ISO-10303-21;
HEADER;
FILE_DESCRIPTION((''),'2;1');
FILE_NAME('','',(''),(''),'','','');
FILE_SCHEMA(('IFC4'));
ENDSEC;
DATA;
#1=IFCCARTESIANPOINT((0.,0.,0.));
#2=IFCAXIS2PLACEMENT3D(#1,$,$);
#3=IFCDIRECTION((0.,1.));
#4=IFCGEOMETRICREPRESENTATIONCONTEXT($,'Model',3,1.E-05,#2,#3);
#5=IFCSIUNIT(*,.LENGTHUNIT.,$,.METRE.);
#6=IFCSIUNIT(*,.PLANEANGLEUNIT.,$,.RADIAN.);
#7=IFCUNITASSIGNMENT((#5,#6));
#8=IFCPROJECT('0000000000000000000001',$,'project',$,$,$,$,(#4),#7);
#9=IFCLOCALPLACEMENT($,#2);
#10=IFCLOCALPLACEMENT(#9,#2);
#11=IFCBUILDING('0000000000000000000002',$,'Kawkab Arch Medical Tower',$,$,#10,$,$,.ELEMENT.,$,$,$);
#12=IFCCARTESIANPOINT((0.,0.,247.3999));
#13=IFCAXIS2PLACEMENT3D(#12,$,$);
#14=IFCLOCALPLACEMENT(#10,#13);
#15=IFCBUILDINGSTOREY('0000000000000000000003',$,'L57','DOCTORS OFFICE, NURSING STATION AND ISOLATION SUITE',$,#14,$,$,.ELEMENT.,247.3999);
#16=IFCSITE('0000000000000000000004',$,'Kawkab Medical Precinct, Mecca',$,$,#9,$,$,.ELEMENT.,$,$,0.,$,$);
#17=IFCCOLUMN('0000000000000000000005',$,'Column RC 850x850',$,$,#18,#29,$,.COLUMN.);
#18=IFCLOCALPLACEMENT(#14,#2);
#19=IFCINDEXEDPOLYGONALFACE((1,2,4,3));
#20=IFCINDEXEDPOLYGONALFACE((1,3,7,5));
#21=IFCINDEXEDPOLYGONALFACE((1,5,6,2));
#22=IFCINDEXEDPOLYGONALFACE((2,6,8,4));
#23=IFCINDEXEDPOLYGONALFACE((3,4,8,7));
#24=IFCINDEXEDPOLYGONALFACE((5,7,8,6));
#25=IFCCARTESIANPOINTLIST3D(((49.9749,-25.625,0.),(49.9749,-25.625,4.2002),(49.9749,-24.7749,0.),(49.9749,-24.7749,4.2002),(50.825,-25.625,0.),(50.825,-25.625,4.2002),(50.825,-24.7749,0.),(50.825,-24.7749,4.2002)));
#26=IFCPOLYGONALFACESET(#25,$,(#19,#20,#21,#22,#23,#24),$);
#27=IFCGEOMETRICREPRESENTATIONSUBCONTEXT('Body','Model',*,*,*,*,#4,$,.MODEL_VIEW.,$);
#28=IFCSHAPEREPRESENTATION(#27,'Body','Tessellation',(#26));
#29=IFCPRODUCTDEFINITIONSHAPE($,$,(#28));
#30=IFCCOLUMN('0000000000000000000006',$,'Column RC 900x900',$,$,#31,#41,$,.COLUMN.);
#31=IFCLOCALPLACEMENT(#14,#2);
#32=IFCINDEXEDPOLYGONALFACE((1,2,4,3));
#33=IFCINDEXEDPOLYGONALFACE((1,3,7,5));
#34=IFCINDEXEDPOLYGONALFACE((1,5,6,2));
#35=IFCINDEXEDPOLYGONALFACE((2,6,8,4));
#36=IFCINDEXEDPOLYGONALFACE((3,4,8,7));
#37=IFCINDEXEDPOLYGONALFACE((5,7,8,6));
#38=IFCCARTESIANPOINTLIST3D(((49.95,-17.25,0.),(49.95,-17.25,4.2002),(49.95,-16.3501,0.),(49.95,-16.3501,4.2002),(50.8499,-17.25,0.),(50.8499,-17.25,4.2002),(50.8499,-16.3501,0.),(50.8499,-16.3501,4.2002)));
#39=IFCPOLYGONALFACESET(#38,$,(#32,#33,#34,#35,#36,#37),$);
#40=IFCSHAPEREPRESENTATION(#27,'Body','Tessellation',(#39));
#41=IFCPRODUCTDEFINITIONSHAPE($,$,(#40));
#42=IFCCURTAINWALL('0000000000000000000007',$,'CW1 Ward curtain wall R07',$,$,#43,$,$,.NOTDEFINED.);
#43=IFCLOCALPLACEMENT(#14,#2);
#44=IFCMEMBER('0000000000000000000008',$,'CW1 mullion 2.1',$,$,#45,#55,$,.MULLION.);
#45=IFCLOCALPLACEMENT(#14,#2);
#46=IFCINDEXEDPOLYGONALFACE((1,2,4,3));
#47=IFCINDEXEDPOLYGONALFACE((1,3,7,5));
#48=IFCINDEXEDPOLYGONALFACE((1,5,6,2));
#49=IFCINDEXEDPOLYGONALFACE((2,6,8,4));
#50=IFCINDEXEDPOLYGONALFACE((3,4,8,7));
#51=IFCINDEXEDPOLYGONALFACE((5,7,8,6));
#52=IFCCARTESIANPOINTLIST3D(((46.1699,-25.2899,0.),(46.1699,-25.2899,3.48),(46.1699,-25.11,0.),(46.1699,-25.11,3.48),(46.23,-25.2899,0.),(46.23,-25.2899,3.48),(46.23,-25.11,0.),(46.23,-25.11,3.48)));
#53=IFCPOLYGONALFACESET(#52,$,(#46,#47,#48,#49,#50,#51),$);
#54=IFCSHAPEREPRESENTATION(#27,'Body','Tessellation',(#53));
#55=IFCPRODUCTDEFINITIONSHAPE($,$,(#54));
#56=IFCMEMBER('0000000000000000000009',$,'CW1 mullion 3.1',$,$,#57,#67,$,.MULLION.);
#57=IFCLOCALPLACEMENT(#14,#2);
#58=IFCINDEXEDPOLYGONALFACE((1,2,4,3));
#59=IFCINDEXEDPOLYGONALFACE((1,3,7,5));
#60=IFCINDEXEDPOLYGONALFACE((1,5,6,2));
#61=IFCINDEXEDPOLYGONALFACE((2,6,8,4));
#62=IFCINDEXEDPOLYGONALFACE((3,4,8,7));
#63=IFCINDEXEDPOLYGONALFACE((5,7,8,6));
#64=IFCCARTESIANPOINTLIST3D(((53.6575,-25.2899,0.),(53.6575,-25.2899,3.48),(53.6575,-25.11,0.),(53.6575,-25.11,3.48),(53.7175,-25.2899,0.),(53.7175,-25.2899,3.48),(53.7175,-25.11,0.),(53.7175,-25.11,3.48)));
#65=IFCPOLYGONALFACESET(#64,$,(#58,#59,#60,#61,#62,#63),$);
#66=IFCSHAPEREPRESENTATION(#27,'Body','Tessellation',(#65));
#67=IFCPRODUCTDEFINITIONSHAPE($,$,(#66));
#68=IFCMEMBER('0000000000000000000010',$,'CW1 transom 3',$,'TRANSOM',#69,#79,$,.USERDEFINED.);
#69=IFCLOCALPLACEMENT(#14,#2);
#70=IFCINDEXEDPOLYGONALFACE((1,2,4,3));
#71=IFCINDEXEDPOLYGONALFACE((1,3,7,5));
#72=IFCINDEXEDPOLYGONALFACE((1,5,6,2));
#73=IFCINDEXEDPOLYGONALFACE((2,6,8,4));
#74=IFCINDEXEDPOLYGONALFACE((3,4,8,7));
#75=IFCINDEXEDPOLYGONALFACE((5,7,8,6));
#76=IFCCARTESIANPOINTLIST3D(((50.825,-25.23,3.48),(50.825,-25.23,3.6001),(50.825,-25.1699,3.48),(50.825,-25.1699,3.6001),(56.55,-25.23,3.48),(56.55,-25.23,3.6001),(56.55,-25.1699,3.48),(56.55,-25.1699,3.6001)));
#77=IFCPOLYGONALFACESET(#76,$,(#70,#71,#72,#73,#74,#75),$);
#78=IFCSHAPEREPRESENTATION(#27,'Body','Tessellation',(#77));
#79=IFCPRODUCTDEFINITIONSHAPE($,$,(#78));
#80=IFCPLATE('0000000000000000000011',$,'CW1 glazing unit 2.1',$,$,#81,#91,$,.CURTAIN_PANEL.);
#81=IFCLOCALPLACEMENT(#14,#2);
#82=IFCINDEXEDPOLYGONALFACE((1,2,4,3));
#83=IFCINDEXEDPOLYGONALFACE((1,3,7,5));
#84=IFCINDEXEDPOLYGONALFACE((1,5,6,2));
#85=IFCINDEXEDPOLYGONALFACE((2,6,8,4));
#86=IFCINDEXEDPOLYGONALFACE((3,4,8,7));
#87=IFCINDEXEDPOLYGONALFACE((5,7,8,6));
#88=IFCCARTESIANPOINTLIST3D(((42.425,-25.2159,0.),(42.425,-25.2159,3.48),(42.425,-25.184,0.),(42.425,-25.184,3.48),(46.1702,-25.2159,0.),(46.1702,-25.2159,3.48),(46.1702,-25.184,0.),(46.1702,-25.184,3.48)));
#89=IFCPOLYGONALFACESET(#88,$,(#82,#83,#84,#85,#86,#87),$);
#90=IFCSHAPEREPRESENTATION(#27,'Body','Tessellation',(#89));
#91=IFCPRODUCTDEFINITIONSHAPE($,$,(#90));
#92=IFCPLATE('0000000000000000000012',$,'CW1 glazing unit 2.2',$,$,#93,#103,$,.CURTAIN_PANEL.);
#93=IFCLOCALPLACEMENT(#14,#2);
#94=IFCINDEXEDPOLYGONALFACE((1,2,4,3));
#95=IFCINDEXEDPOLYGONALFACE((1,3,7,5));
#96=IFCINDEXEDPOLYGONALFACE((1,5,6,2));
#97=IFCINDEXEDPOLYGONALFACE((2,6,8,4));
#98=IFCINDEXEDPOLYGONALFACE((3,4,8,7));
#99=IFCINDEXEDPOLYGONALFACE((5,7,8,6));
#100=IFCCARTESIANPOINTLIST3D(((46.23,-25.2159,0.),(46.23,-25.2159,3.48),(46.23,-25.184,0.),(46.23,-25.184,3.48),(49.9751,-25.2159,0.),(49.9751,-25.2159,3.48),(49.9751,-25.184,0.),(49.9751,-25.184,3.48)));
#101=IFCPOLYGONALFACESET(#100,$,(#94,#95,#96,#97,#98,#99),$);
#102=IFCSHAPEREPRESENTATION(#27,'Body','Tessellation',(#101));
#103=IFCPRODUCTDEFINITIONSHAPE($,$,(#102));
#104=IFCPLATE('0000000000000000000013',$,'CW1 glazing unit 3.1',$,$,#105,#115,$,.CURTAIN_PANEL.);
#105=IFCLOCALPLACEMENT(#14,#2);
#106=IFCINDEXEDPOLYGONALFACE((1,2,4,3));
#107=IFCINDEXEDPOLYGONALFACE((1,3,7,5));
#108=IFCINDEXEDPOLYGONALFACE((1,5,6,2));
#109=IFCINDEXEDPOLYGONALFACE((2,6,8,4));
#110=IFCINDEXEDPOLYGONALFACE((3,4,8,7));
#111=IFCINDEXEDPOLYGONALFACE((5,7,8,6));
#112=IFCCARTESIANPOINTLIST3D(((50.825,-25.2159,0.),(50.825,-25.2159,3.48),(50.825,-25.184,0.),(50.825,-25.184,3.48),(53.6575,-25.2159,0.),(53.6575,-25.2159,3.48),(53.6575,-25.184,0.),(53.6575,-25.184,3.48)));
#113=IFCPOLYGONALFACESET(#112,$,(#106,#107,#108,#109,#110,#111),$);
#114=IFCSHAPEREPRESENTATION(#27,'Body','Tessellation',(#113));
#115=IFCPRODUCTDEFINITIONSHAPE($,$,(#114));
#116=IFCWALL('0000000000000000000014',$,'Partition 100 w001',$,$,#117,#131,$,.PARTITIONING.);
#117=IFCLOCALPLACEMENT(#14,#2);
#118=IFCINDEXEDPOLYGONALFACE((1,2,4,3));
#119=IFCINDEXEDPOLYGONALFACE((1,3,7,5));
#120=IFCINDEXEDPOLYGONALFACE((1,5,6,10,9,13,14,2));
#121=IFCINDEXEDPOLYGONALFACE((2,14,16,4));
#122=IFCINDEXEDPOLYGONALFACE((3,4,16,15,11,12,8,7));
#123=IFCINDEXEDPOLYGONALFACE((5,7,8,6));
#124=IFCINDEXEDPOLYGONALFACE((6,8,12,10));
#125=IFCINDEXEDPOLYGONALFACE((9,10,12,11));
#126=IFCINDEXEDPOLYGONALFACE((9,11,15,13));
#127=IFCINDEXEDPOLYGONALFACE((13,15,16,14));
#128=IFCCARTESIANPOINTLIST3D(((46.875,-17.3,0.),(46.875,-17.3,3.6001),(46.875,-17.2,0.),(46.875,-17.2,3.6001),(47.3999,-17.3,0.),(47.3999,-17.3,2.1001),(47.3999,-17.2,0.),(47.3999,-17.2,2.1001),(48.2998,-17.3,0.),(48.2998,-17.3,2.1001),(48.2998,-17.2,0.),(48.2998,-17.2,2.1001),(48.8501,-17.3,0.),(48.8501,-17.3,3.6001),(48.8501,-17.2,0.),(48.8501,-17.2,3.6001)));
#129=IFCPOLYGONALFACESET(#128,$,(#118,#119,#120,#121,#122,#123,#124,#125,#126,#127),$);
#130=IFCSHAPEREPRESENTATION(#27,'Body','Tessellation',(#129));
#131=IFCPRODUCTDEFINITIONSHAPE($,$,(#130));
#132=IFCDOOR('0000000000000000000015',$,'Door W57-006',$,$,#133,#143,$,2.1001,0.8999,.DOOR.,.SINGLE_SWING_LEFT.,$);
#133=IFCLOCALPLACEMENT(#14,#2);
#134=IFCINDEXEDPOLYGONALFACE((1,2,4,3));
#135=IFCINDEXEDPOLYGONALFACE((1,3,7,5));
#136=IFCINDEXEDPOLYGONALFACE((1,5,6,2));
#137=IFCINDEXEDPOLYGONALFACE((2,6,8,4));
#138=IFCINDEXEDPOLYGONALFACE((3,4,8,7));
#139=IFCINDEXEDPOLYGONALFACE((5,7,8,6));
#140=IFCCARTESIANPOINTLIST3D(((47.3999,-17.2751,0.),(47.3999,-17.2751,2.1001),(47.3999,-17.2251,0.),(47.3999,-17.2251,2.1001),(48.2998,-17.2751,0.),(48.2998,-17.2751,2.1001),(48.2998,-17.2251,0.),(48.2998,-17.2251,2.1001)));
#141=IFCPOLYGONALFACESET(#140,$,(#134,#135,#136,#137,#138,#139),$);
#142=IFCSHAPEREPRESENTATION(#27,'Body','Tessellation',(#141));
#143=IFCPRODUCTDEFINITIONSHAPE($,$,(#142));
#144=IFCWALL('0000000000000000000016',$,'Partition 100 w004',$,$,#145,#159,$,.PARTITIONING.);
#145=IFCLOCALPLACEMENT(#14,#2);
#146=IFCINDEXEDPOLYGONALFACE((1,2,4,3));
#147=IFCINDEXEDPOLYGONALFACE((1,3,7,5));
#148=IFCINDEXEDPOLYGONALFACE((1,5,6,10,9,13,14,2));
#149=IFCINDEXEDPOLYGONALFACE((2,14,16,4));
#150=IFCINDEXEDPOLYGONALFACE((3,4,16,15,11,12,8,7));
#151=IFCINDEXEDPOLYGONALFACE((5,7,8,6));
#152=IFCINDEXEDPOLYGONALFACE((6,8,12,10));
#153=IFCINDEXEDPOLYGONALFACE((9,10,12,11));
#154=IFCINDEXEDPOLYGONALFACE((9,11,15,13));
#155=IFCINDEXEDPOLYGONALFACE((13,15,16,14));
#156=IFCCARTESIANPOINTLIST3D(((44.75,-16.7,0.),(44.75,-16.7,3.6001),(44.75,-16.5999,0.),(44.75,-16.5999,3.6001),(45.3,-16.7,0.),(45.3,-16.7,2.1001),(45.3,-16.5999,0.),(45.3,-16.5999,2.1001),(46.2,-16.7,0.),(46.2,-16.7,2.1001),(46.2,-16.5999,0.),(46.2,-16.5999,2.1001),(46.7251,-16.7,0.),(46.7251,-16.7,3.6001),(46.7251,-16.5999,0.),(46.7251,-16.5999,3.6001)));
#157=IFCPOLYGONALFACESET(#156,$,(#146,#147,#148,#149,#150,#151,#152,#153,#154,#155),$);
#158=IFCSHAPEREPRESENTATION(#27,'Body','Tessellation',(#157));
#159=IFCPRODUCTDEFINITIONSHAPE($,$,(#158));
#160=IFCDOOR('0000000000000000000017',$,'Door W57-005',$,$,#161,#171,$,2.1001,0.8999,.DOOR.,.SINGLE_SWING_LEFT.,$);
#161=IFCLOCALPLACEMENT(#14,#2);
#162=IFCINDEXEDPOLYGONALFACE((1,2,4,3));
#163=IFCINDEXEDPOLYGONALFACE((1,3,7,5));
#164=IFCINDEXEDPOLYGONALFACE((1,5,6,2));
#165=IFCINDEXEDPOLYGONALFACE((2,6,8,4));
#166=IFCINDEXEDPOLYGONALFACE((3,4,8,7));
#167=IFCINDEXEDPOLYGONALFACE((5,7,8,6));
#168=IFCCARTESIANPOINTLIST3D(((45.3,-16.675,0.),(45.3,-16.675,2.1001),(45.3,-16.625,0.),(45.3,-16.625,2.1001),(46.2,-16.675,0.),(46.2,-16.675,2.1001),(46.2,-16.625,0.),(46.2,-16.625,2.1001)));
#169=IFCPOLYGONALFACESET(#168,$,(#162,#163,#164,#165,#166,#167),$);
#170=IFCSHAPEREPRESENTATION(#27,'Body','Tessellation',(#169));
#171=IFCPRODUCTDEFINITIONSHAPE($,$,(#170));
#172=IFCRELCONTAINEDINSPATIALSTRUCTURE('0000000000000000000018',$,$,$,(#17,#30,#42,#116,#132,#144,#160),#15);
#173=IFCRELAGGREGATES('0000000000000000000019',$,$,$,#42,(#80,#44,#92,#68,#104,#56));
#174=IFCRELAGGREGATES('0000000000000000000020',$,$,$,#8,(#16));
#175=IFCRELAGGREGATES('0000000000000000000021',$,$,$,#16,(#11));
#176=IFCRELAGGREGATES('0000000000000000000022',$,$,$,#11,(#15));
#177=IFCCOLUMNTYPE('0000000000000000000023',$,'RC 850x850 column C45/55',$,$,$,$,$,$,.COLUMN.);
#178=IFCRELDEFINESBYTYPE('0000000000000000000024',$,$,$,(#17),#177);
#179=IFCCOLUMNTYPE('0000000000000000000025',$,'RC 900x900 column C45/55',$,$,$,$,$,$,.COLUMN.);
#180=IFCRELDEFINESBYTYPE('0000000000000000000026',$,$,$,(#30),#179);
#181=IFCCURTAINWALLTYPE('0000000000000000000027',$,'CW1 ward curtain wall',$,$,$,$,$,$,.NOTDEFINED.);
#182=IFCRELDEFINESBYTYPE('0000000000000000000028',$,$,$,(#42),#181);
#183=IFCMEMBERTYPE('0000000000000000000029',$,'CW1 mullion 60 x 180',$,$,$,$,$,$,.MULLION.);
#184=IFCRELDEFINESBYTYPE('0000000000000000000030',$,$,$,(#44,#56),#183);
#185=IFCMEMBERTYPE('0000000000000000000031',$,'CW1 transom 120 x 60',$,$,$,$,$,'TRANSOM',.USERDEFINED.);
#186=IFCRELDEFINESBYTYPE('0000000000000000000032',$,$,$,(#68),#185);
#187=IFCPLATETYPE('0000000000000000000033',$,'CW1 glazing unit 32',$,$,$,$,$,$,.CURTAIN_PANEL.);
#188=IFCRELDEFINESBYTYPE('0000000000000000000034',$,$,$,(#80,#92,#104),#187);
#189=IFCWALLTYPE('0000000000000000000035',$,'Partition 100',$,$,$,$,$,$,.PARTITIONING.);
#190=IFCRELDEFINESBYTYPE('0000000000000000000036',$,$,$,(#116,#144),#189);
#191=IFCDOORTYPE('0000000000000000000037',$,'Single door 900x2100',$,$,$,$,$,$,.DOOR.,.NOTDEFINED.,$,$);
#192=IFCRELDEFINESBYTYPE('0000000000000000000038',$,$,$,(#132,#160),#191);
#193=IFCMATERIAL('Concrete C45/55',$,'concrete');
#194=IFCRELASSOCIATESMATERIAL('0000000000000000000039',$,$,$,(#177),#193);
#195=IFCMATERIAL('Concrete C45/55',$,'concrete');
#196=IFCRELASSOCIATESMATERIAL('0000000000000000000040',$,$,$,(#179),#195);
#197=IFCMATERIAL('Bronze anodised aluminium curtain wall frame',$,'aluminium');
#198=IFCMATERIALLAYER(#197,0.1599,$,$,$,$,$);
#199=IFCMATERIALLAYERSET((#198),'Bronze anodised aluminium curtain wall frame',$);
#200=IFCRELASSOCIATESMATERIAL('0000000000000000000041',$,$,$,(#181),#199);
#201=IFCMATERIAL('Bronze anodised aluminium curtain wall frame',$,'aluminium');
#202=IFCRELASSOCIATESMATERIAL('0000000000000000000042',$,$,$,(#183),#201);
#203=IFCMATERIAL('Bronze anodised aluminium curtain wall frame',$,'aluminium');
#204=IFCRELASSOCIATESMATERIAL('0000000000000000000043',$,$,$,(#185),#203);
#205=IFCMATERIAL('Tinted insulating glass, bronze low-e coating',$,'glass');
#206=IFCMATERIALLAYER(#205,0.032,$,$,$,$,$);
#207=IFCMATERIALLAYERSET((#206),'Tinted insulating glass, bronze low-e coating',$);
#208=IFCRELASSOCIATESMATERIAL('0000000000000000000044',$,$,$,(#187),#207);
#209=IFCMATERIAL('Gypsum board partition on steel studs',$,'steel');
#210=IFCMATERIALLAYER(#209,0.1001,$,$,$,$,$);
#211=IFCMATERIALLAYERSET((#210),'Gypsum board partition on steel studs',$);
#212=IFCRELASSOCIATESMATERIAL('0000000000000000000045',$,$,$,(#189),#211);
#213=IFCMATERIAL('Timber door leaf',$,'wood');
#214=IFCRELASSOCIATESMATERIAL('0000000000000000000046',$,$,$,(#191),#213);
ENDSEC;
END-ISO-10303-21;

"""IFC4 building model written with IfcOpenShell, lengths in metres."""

from ifc_helpers import new_model, si_unit, direction, frame, frame_2d, origin, origin_2d, place, context, subcontext, project, spatial, rectangle, extrude, material, layer, layer_set, material_profile, profile_set, type_object, element, fill, aggregate, save


model = new_model("IFC4")

# Units and contexts
model_context = context("Model", 3, precision=1e-05, world=origin(), true_north=direction((0.0, 1.0)))
body_context = subcontext(model_context, "Body", "Model", "MODEL_VIEW")
ifc_project = project(units=[si_unit("LENGTHUNIT", "METRE"), si_unit("PLANEANGLEUNIT", "RADIAN")], contexts=[model_context])

# Site, building, storey
site_placement = place(None, origin())
site = spatial("IfcSite", under=ifc_project, at=site_placement, Name="Kawkab Medical Precinct, Mecca", CompositionType="ELEMENT", RefElevation=0.0)
building_placement = place(site_placement, origin())
building = spatial("IfcBuilding", under=site, at=building_placement, Name="Kawkab Arch Medical Tower", CompositionType="ELEMENT")
storey_placement = place(building_placement, frame((0.0, 0.0, 247.3999)))
storey = spatial("IfcBuildingStorey", under=building, at=storey_placement, Name="L57", Description="DOCTORS OFFICE, NURSING STATION AND ISOLATION SUITE", CompositionType="ELEMENT", Elevation=247.3999)

# Columns
ifc_material_1 = material(Name="Concrete C45/55", Category="concrete")
ifc_material_profile_1 = material_profile(ifc_material_1, rectangle(XDim=0.8501, YDim=0.8501, at=origin_2d()), Name="RC 850x850")
ifc_profile_set_1 = profile_set([ifc_material_profile_1], Name="Concrete C45/55")
column_type_1 = type_object("IfcColumnType", Name="RC 850x850 column C45/55", PredefinedType="COLUMN", material=ifc_profile_set_1)
column_1_placement = place(storey_placement, frame((50.3999, -25.2, 0.0), z_axis=(0.0, 0.0, 1.0), x_axis=(1.0, 0.0, 0.0)))
element("IfcColumn", 1, at=column_1_placement, inside=storey, type_object=column_type_1, Name="Column RC 850x850", PredefinedType="COLUMN", context=body_context, shape_type="SweptSolid", body=[
    extrude(rectangle(XDim=0.8501, YDim=0.8501, at=origin_2d()), origin(), (0.0, 0.0, 1.0), 4.2002),
])
ifc_material_2 = material(Name="Concrete C45/55", Category="concrete")
ifc_material_profile_2 = material_profile(ifc_material_2, rectangle(XDim=0.8999, YDim=0.8999, at=origin_2d()), Name="RC 900x900")
ifc_profile_set_2 = profile_set([ifc_material_profile_2], Name="Concrete C45/55")
column_type_2 = type_object("IfcColumnType", Name="RC 900x900 column C45/55", PredefinedType="COLUMN", material=ifc_profile_set_2)
column_2_placement = place(storey_placement, frame((50.3999, -16.8, 0.0), z_axis=(0.0, 0.0, 1.0), x_axis=(1.0, 0.0, 0.0)))
element("IfcColumn", 2, at=column_2_placement, inside=storey, type_object=column_type_2, Name="Column RC 900x900", PredefinedType="COLUMN", context=body_context, shape_type="SweptSolid", body=[
    extrude(rectangle(XDim=0.8999, YDim=0.8999, at=origin_2d()), origin(), (0.0, 0.0, 1.0), 4.2002),
])

# Curtain wall, members, plates
ifc_material_3 = material(Name="Bronze anodised aluminium curtain wall frame", Category="aluminium")
ifc_layer_1 = layer(ifc_material_3, 0.1599)
ifc_layer_set_1 = layer_set([ifc_layer_1], Name="Bronze anodised aluminium curtain wall frame")
curtain_wall_type = type_object("IfcCurtainWallType", Name="CW1 ward curtain wall", PredefinedType="NOTDEFINED", material=ifc_layer_set_1)
curtain_wall_placement = place(storey_placement, origin())
curtain_wall = element("IfcCurtainWall", 3, at=curtain_wall_placement, inside=storey, type_object=curtain_wall_type, Name="CW1 Ward curtain wall R07", PredefinedType="NOTDEFINED")
ifc_material_4 = material(Name="Bronze anodised aluminium curtain wall frame", Category="aluminium")
ifc_material_profile_3 = material_profile(ifc_material_4, rectangle(XDim=0.1799, YDim=0.0601, at=origin_2d()), Name="AL 60x180")
ifc_profile_set_3 = profile_set([ifc_material_profile_3], Name="Bronze anodised aluminium curtain wall frame")
member_type_1 = type_object("IfcMemberType", Name="CW1 mullion 60 x 180", PredefinedType="MULLION", material=ifc_profile_set_3)
member_1_placement = place(storey_placement, frame((46.2, -25.2, 0.0), z_axis=(0.0, 0.0, 1.0), x_axis=(0.0, 1.0, 0.0)))
member_1 = element("IfcMember", 4, at=member_1_placement, type_object=member_type_1, Name="CW1 mullion 2.1", PredefinedType="MULLION", context=body_context, shape_type="SweptSolid", body=[
    extrude(rectangle(XDim=0.1799, YDim=0.0601, at=origin_2d()), origin(), (0.0, 0.0, 1.0), 3.48),
])
member_2_placement = place(storey_placement, frame((53.6875, -25.2, 0.0), z_axis=(0.0, 0.0, 1.0), x_axis=(0.0, 1.0, 0.0)))
member_2 = element("IfcMember", 5, at=member_2_placement, type_object=member_type_1, Name="CW1 mullion 3.1", PredefinedType="MULLION", context=body_context, shape_type="SweptSolid", body=[
    extrude(rectangle(XDim=0.1799, YDim=0.0601, at=origin_2d()), origin(), (0.0, 0.0, 1.0), 3.48),
])
ifc_material_5 = material(Name="Bronze anodised aluminium curtain wall frame", Category="aluminium")
ifc_material_profile_4 = material_profile(ifc_material_5, rectangle(XDim=0.0601, YDim=0.1201, at=origin_2d()), Name="AL 60x120")
ifc_profile_set_4 = profile_set([ifc_material_profile_4], Name="Bronze anodised aluminium curtain wall frame")
member_type_2 = type_object("IfcMemberType", Name="CW1 transom 120 x 60", ElementType="TRANSOM", PredefinedType="USERDEFINED", material=ifc_profile_set_4)
member_3_placement = place(storey_placement, frame((50.825, -25.2, 3.54), z_axis=(1.0, 0.0, 0.0), x_axis=(0.0, 1.0, 0.0)))
member_3 = element("IfcMember", 6, at=member_3_placement, type_object=member_type_2, Name="CW1 transom 3", ObjectType="TRANSOM", PredefinedType="USERDEFINED", context=body_context, shape_type="SweptSolid", body=[
    extrude(rectangle(XDim=0.0601, YDim=0.1201, at=origin_2d()), origin(), (0.0, 0.0, 1.0), 5.7251),
])
ifc_material_6 = material(Name="Tinted insulating glass, bronze low-e coating", Category="glass")
ifc_layer_2 = layer(ifc_material_6, 0.032)
ifc_layer_set_2 = layer_set([ifc_layer_2], Name="Tinted insulating glass, bronze low-e coating")
plate_type = type_object("IfcPlateType", Name="CW1 glazing unit 32", PredefinedType="CURTAIN_PANEL", material=ifc_layer_set_2)
plate_1_placement = place(storey_placement, frame((44.2976, -25.2, 0.0), z_axis=(0.0, 0.0, 1.0), x_axis=(1.0, 0.0, 0.0)))
plate_1 = element("IfcPlate", 7, at=plate_1_placement, type_object=plate_type, Name="CW1 glazing unit 2.1", PredefinedType="CURTAIN_PANEL", context=body_context, shape_type="SweptSolid", body=[
    extrude(rectangle(XDim=3.7451, YDim=0.032, at=origin_2d()), origin(), (0.0, 0.0, 1.0), 3.48),
])
plate_2_placement = place(storey_placement, frame((48.1025, -25.2, 0.0), z_axis=(0.0, 0.0, 1.0), x_axis=(1.0, 0.0, 0.0)))
plate_2 = element("IfcPlate", 8, at=plate_2_placement, type_object=plate_type, Name="CW1 glazing unit 2.2", PredefinedType="CURTAIN_PANEL", context=body_context, shape_type="SweptSolid", body=[
    extrude(rectangle(XDim=3.7451, YDim=0.032, at=origin_2d()), origin(), (0.0, 0.0, 1.0), 3.48),
])
plate_3_placement = place(storey_placement, frame((52.2412, -25.2, 0.0), z_axis=(0.0, 0.0, 1.0), x_axis=(1.0, 0.0, 0.0)))
plate_3 = element("IfcPlate", 9, at=plate_3_placement, type_object=plate_type, Name="CW1 glazing unit 3.1", PredefinedType="CURTAIN_PANEL", context=body_context, shape_type="SweptSolid", body=[
    extrude(rectangle(XDim=2.8325, YDim=0.032, at=origin_2d()), origin(), (0.0, 0.0, 1.0), 3.48),
])
aggregate(curtain_wall, [plate_1, member_1, plate_2, member_3, plate_3, member_2])

# Walls, openings, doors
ifc_material_7 = material(Name="Gypsum board partition on steel studs", Category="steel")
ifc_layer_3 = layer(ifc_material_7, 0.1001)
ifc_layer_set_3 = layer_set([ifc_layer_3], Name="Gypsum board partition on steel studs")
wall_type_1 = type_object("IfcWallType", Name="Partition 100", PredefinedType="PARTITIONING", material=ifc_layer_set_3)
wall_1_placement = place(storey_placement, frame((46.875, -17.25, 0.0), z_axis=(0.0, 0.0, 1.0), x_axis=(1.0, 0.0, 0.0)))
wall_1 = element("IfcWall", 10, at=wall_1_placement, inside=storey, type_object=wall_type_1, Name="Partition 100 w001", PredefinedType="PARTITIONING", context=body_context, shape_type="SweptSolid", body=[
    extrude(rectangle(XDim=1.9751, YDim=0.1001, at=frame_2d((0.9875, 0.0))), origin(), (0.0, 0.0, 1.0), 3.6001),
])
opening_1_placement = place(wall_1_placement, frame((0.5249, 0.0, 0.0)))
opening_1 = element("IfcOpeningElement", 11, at=opening_1_placement, cuts=wall_1, PredefinedType="OPENING", context=body_context, shape_type="SweptSolid", body=[
    extrude(rectangle(XDim=0.8999, YDim=2.1001, at=frame_2d((0.45, 1.05))), frame((0.0, 0.0601, 0.0), z_axis=(0.0, -1.0, 0.0), x_axis=(1.0, 0.0, 0.0)), (0.0, 0.0, 1.0), 0.1201),
])
ifc_material_8 = material(Name="Timber door leaf", Category="wood")
door_type_1 = type_object("IfcDoorType", Name="Single door 900x2100", OperationType="NOTDEFINED", PredefinedType="DOOR", material=ifc_material_8)
door_1_placement = place(opening_1_placement, origin())
door_1 = element("IfcDoor", 12, at=door_1_placement, inside=storey, type_object=door_type_1, Name="Door W57-006", OperationType="SINGLE_SWING_LEFT", OverallHeight=2.1001, OverallWidth=0.8999, PredefinedType="DOOR", context=body_context, shape_type="SweptSolid", body=[
    extrude(rectangle(XDim=0.8999, YDim=2.1001, at=frame_2d((0.45, 1.05))), frame((0.0, 0.0249, 0.0), z_axis=(0.0, -1.0, 0.0), x_axis=(1.0, 0.0, 0.0)), (0.0, 0.0, 1.0), 0.05),
])
fill(opening_1, door_1)
wall_2_placement = place(storey_placement, frame((44.75, -16.6499, 0.0), z_axis=(0.0, 0.0, 1.0), x_axis=(1.0, 0.0, 0.0)))
wall_2 = element("IfcWall", 13, at=wall_2_placement, inside=storey, type_object=wall_type_1, Name="Partition 100 w004", PredefinedType="PARTITIONING", context=body_context, shape_type="SweptSolid", body=[
    extrude(rectangle(XDim=1.9751, YDim=0.1001, at=frame_2d((0.9875, 0.0))), origin(), (0.0, 0.0, 1.0), 3.6001),
])
opening_2_placement = place(wall_2_placement, frame((0.55, 0.0, 0.0)))
opening_2 = element("IfcOpeningElement", 14, at=opening_2_placement, cuts=wall_2, PredefinedType="OPENING", context=body_context, shape_type="SweptSolid", body=[
    extrude(rectangle(XDim=0.8999, YDim=2.1001, at=frame_2d((0.45, 1.05))), frame((0.0, 0.0601, 0.0), z_axis=(0.0, -1.0, 0.0), x_axis=(1.0, 0.0, 0.0)), (0.0, 0.0, 1.0), 0.1201),
])
door_2_placement = place(opening_2_placement, origin())
door_2 = element("IfcDoor", 15, at=door_2_placement, inside=storey, type_object=door_type_1, Name="Door W57-005", OperationType="SINGLE_SWING_LEFT", OverallHeight=2.1001, OverallWidth=0.8999, PredefinedType="DOOR", context=body_context, shape_type="SweptSolid", body=[
    extrude(rectangle(XDim=0.8999, YDim=2.1001, at=frame_2d((0.45, 1.05))), frame((0.0, 0.0249, 0.0), z_axis=(0.0, -1.0, 0.0), x_axis=(1.0, 0.0, 0.0)), (0.0, 0.0, 1.0), 0.05),
])
fill(opening_2, door_2)

save(model, "model.ifc")
